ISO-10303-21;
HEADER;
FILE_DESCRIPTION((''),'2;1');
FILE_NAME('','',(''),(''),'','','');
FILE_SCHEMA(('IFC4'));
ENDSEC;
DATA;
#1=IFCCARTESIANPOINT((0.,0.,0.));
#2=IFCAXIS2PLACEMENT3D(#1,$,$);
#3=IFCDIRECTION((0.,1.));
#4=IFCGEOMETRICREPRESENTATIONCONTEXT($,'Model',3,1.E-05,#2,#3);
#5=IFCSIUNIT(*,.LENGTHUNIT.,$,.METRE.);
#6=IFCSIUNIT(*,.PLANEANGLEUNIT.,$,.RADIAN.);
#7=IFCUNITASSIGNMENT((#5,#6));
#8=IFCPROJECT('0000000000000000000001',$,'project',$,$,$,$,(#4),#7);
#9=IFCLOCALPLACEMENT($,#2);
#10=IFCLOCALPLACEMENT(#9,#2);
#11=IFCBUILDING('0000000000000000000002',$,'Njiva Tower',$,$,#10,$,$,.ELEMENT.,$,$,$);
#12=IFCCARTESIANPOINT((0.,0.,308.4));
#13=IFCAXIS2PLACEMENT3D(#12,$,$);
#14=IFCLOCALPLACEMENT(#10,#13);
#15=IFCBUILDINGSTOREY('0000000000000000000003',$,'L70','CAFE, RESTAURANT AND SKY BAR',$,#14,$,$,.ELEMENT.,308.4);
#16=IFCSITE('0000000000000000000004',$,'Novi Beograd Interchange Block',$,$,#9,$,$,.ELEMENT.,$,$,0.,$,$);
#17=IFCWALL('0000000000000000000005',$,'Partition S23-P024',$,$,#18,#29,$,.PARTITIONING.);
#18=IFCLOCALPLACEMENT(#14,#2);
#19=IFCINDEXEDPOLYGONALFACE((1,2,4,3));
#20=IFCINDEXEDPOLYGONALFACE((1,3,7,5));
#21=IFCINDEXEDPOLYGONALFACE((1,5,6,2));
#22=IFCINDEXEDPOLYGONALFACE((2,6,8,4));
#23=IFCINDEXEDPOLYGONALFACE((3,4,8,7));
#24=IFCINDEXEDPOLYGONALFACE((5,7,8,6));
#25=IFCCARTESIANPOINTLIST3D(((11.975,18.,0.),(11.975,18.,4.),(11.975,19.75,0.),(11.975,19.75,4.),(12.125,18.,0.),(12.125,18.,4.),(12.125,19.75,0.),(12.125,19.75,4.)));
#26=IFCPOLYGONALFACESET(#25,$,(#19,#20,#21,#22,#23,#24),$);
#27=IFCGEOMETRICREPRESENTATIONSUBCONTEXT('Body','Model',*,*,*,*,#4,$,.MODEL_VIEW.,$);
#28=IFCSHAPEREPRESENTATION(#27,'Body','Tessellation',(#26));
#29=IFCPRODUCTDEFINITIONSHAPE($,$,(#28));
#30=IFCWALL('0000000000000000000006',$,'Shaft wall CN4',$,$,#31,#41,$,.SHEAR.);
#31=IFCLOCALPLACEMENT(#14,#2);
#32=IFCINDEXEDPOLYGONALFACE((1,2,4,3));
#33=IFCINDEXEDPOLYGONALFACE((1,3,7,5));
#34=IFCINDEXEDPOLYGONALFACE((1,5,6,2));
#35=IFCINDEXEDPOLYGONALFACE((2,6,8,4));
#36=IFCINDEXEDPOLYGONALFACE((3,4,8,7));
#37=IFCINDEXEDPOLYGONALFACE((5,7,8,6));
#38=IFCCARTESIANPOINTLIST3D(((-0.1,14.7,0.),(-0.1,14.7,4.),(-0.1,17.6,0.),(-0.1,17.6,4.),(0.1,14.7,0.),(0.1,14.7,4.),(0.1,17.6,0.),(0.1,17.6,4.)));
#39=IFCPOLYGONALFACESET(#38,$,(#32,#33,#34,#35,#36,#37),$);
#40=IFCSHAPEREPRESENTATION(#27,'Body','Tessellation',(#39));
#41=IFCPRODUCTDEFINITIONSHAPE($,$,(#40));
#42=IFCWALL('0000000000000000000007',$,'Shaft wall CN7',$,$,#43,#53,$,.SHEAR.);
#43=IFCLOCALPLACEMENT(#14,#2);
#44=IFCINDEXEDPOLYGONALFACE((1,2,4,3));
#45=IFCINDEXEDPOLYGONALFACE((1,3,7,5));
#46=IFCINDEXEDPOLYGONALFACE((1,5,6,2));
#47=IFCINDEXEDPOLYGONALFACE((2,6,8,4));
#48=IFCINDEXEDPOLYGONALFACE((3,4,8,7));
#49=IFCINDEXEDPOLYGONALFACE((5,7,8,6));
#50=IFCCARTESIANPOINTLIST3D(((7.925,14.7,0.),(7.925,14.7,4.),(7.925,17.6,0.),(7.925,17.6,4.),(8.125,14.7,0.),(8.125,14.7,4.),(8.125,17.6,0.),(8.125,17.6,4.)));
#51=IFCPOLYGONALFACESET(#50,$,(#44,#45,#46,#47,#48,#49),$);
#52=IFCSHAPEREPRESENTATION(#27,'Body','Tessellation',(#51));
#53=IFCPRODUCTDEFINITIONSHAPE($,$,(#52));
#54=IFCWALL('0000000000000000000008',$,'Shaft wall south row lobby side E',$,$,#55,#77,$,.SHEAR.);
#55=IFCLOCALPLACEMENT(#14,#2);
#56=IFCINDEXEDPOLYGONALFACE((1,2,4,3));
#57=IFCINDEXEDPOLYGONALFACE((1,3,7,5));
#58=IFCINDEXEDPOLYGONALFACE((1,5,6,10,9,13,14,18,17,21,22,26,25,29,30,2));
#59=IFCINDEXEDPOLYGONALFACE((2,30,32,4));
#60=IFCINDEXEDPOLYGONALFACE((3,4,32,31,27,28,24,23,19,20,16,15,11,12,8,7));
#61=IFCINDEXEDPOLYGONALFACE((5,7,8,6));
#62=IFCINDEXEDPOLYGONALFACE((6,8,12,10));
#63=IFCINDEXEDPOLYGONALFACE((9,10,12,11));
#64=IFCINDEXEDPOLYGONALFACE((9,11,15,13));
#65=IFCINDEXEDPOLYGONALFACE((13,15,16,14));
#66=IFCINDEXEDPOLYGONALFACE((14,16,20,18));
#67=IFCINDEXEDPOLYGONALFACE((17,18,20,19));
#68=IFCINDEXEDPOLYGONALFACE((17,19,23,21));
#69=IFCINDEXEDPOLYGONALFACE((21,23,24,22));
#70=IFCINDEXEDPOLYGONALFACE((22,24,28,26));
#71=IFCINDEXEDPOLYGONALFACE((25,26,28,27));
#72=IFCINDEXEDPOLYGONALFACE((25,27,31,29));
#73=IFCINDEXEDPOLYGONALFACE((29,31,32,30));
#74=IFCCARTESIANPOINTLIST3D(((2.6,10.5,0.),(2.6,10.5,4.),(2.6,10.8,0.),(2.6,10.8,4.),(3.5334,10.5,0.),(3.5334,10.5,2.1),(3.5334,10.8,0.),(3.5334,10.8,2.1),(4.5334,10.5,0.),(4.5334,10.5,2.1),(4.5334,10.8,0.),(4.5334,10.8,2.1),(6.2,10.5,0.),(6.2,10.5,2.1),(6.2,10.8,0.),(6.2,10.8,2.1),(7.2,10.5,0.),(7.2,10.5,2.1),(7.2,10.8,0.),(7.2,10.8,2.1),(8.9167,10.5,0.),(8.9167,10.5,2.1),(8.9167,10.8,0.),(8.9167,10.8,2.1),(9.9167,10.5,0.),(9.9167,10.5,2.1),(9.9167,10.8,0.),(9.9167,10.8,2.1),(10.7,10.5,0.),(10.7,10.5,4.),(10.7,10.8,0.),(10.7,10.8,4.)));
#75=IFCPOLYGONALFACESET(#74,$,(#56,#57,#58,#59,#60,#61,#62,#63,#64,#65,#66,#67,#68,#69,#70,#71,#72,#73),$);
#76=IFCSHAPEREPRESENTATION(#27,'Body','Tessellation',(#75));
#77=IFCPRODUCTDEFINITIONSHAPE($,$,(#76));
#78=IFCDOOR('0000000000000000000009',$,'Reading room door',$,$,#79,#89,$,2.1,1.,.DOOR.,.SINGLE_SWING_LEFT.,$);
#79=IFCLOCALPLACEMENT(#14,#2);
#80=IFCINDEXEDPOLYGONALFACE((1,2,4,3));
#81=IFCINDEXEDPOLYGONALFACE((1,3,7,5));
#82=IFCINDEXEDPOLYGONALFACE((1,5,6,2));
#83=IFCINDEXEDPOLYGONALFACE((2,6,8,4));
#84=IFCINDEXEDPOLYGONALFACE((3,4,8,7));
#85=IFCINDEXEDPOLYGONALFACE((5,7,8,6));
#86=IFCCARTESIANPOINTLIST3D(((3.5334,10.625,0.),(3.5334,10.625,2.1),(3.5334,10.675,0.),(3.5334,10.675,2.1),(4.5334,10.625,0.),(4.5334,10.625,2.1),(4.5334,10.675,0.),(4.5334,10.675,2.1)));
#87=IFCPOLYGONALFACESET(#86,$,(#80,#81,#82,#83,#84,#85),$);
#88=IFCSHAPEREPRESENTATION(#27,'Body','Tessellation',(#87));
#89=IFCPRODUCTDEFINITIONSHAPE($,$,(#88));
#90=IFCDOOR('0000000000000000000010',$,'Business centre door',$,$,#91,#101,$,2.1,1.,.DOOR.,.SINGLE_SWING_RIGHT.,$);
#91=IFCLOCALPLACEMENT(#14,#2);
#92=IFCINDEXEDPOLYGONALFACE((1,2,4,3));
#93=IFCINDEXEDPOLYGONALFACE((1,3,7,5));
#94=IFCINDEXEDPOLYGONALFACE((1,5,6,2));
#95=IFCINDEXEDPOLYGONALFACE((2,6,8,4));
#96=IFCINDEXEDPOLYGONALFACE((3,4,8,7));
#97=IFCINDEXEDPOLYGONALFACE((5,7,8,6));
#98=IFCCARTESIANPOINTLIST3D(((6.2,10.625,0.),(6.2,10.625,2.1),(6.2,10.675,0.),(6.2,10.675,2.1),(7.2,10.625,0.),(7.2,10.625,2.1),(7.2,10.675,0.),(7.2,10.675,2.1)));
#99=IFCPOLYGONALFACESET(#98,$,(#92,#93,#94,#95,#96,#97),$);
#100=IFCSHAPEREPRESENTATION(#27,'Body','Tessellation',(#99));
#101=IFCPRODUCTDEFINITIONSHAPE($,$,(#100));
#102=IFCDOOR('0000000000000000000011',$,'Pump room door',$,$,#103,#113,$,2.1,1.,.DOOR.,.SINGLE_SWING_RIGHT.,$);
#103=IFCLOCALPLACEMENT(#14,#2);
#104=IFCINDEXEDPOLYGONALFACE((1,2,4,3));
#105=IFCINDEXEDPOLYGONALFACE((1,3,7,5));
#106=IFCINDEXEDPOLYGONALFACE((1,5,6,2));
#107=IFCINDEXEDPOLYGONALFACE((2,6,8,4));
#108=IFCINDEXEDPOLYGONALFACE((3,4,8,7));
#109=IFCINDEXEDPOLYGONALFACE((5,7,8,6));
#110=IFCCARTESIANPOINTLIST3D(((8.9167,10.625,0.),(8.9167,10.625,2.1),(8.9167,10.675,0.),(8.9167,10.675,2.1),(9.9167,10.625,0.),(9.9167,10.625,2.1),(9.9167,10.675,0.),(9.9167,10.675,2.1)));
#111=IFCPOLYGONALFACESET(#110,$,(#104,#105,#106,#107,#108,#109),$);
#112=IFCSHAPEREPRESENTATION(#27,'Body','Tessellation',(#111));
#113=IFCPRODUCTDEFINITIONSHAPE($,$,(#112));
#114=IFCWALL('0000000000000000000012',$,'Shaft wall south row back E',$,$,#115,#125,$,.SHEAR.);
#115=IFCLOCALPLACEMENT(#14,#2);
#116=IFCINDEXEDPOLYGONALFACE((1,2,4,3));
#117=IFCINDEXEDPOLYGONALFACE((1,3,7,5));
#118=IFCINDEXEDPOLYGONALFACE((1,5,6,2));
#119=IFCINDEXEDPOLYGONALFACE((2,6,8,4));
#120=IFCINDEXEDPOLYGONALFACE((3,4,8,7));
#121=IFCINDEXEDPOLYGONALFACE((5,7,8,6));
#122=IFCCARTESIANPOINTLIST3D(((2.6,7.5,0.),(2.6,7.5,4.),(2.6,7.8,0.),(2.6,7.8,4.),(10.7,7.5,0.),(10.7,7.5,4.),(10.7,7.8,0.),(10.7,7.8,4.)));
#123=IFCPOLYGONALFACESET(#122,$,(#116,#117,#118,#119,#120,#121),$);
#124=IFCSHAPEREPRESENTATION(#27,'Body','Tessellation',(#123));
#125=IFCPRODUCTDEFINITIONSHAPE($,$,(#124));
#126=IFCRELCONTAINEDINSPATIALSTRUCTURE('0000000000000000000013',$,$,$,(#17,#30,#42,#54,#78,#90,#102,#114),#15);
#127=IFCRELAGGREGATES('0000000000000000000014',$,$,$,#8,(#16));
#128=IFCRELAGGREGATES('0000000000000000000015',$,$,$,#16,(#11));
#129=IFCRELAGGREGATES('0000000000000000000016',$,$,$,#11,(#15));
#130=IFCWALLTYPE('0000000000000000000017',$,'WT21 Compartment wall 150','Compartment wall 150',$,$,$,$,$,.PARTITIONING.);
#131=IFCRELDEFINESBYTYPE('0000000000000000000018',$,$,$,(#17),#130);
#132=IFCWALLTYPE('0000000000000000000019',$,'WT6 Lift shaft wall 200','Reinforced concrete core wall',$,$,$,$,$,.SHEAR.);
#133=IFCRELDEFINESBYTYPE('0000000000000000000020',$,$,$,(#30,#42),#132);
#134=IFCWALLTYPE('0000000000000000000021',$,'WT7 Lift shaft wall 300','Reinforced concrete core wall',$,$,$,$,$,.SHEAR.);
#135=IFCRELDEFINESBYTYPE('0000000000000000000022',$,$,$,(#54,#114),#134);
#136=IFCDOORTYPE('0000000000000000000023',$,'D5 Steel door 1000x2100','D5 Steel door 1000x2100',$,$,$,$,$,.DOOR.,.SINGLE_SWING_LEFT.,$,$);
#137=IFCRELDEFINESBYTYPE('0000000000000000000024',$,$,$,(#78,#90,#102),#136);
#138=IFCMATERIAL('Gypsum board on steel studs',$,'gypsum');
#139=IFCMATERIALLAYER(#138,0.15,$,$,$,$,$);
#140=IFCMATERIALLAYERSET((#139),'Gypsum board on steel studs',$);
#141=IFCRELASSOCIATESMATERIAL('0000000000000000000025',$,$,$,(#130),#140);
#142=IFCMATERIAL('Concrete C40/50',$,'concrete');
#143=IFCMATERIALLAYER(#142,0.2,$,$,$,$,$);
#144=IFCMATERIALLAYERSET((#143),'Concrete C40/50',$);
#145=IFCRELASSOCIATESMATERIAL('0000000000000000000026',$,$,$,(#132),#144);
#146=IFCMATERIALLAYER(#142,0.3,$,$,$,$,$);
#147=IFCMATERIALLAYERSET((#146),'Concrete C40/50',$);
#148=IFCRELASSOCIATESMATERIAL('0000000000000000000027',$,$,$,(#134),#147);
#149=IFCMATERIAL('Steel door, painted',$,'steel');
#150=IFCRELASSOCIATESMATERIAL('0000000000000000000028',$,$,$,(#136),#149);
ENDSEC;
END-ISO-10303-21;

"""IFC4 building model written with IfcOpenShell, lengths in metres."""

from ifc_helpers import new_model, si_unit, direction, frame, frame_2d, origin, place, context, subcontext, project, spatial, rectangle, extrude, material, layer, layer_set, type_object, element, fill, save


model = new_model("IFC4")

# Units and contexts
model_context = context("Model", 3, precision=1e-05, world=origin(), true_north=direction((0.0, 1.0)))
body_context = subcontext(model_context, "Body", "Model", "MODEL_VIEW")
ifc_project = project(units=[si_unit("LENGTHUNIT", "METRE"), si_unit("PLANEANGLEUNIT", "RADIAN")], contexts=[model_context])

# Site, building, storey
site_placement = place(None, origin())
site = spatial("IfcSite", under=ifc_project, at=site_placement, Name="Novi Beograd Interchange Block", CompositionType="ELEMENT", RefElevation=0.0)
building_placement = place(site_placement, origin())
building = spatial("IfcBuilding", under=site, at=building_placement, Name="Njiva Tower", CompositionType="ELEMENT")
storey_placement = place(building_placement, frame((0.0, 0.0, 308.4)))
storey = spatial("IfcBuildingStorey", under=building, at=storey_placement, Name="L70", Description="CAFE, RESTAURANT AND SKY BAR", CompositionType="ELEMENT", Elevation=308.4)

# Shared definitions
ifc_material_1 = material(Name="Concrete C40/50", Category="concrete")
ifc_material_2 = material(Name="Steel door, painted", Category="steel")

# Walls
ifc_material_3 = material(Name="Gypsum board on steel studs", Category="gypsum")
ifc_layer_1 = layer(ifc_material_3, 0.15)
ifc_layer_set_1 = layer_set([ifc_layer_1], Name="Gypsum board on steel studs")
wall_type_1 = type_object("IfcWallType", Name="WT21 Compartment wall 150", Description="Compartment wall 150", PredefinedType="PARTITIONING", material=ifc_layer_set_1)
wall_1_placement = place(storey_placement, frame((12.05, 18.0, 0.0), z_axis=(0.0, 0.0, 1.0), x_axis=(0.0, 1.0, 0.0)))
element("IfcWall", 1, at=wall_1_placement, inside=storey, type_object=wall_type_1, Name="Partition S23-P024", PredefinedType="PARTITIONING", context=body_context, shape_type="SweptSolid", body=[
    extrude(rectangle(XDim=1.75, YDim=0.15, at=frame_2d((0.875, 0.0))), origin(), (0.0, 0.0, 1.0), 4.0),
])
ifc_layer_2 = layer(ifc_material_1, 0.2)
ifc_layer_set_2 = layer_set([ifc_layer_2], Name="Concrete C40/50")
wall_type_2 = type_object("IfcWallType", Name="WT6 Lift shaft wall 200", Description="Reinforced concrete core wall", PredefinedType="SHEAR", material=ifc_layer_set_2)
for number, where, z_axis, x_axis, name in (
    (2, (0.0, 14.7, 0.0), (0.0, 0.0, 1.0), (0.0, 1.0, 0.0), "Shaft wall CN4"),
    (3, (8.025, 14.7, 0.0), (0.0, 0.0, 1.0), (0.0, 1.0, 0.0), "Shaft wall CN7"),
):
    element("IfcWall", number, at=place(storey_placement, frame(where, z_axis=z_axis, x_axis=x_axis)), inside=storey, type_object=wall_type_2, Name=name, PredefinedType="SHEAR", context=body_context, shape_type="SweptSolid", body=[
        extrude(rectangle(XDim=2.9, YDim=0.2, at=frame_2d((1.45, 0.0))), origin(), (0.0, 0.0, 1.0), 4.0),
    ])

# Wall, openings, doors
ifc_layer_3 = layer(ifc_material_1, 0.3)
ifc_layer_set_3 = layer_set([ifc_layer_3], Name="Concrete C40/50")
wall_type_3 = type_object("IfcWallType", Name="WT7 Lift shaft wall 300", Description="Reinforced concrete core wall", PredefinedType="SHEAR", material=ifc_layer_set_3)
wall_2_placement = place(storey_placement, frame((2.6, 10.65, 0.0), z_axis=(0.0, 0.0, 1.0), x_axis=(1.0, 0.0, 0.0)))
wall_2 = element("IfcWall", 4, at=wall_2_placement, inside=storey, type_object=wall_type_3, Name="Shaft wall south row lobby side E", PredefinedType="SHEAR", context=body_context, shape_type="SweptSolid", body=[
    extrude(rectangle(XDim=8.1, YDim=0.3, at=frame_2d((4.05, 0.0))), origin(), (0.0, 0.0, 1.0), 4.0),
])
opening_1_placement = place(wall_2_placement, frame((0.9334, 0.0, 0.0)))
opening_1 = element("IfcOpeningElement", 5, at=opening_1_placement, cuts=wall_2, PredefinedType="OPENING", context=body_context, shape_type="SweptSolid", body=[
    extrude(rectangle(XDim=1.0, YDim=2.1, at=frame_2d((0.5, 1.05))), frame((0.0, 0.16, 0.0), z_axis=(0.0, -1.0, 0.0), x_axis=(1.0, 0.0, 0.0)), (0.0, 0.0, 1.0), 0.32),
])
opening_2_placement = place(wall_2_placement, frame((3.6, 0.0, 0.0)))
opening_2 = element("IfcOpeningElement", 6, at=opening_2_placement, cuts=wall_2, PredefinedType="OPENING", context=body_context, shape_type="SweptSolid", body=[
    extrude(rectangle(XDim=1.0, YDim=2.1, at=frame_2d((0.5, 1.05))), frame((0.0, 0.16, 0.0), z_axis=(0.0, -1.0, 0.0), x_axis=(1.0, 0.0, 0.0)), (0.0, 0.0, 1.0), 0.32),
])
opening_3_placement = place(wall_2_placement, frame((6.3167, 0.0, 0.0)))
opening_3 = element("IfcOpeningElement", 7, at=opening_3_placement, cuts=wall_2, PredefinedType="OPENING", context=body_context, shape_type="SweptSolid", body=[
    extrude(rectangle(XDim=1.0, YDim=2.1, at=frame_2d((0.5, 1.05))), frame((0.0, 0.16, 0.0), z_axis=(0.0, -1.0, 0.0), x_axis=(1.0, 0.0, 0.0)), (0.0, 0.0, 1.0), 0.32),
])
door_type_1 = type_object("IfcDoorType", Name="D5 Steel door 1000x2100", Description="D5 Steel door 1000x2100", OperationType="SINGLE_SWING_LEFT", PredefinedType="DOOR", material=ifc_material_2)
door_1_placement = place(opening_1_placement, origin())
door_1 = element("IfcDoor", 8, at=door_1_placement, inside=storey, type_object=door_type_1, Name="Reading room door", OperationType="SINGLE_SWING_LEFT", OverallHeight=2.1, OverallWidth=1.0, PredefinedType="DOOR", context=body_context, shape_type="SweptSolid", body=[
    extrude(rectangle(XDim=1.0, YDim=2.1, at=frame_2d((0.5, 1.05))), frame((0.0, 0.025, 0.0), z_axis=(0.0, -1.0, 0.0), x_axis=(1.0, 0.0, 0.0)), (0.0, 0.0, 1.0), 0.05),
])
fill(opening_1, door_1)
door_2_placement = place(opening_2_placement, origin())
door_2 = element("IfcDoor", 9, at=door_2_placement, inside=storey, type_object=door_type_1, Name="Business centre door", OperationType="SINGLE_SWING_RIGHT", OverallHeight=2.1, OverallWidth=1.0, PredefinedType="DOOR", context=body_context, shape_type="SweptSolid", body=[
    extrude(rectangle(XDim=1.0, YDim=2.1, at=frame_2d((0.5, 1.05))), frame((0.0, 0.025, 0.0), z_axis=(0.0, -1.0, 0.0), x_axis=(1.0, 0.0, 0.0)), (0.0, 0.0, 1.0), 0.05),
])
fill(opening_2, door_2)
door_3_placement = place(opening_3_placement, origin())
door_3 = element("IfcDoor", 10, at=door_3_placement, inside=storey, type_object=door_type_1, Name="Pump room door", OperationType="SINGLE_SWING_RIGHT", OverallHeight=2.1, OverallWidth=1.0, PredefinedType="DOOR", context=body_context, shape_type="SweptSolid", body=[
    extrude(rectangle(XDim=1.0, YDim=2.1, at=frame_2d((0.5, 1.05))), frame((0.0, 0.025, 0.0), z_axis=(0.0, -1.0, 0.0), x_axis=(1.0, 0.0, 0.0)), (0.0, 0.0, 1.0), 0.05),
])
fill(opening_3, door_3)

# Wall
wall_3_placement = place(storey_placement, frame((2.6, 7.65, 0.0), z_axis=(0.0, 0.0, 1.0), x_axis=(1.0, 0.0, 0.0)))
element("IfcWall", 11, at=wall_3_placement, inside=storey, type_object=wall_type_3, Name="Shaft wall south row back E", PredefinedType="SHEAR", context=body_context, shape_type="SweptSolid", body=[
    extrude(rectangle(XDim=8.1, YDim=0.3, at=frame_2d((4.05, 0.0))), origin(), (0.0, 0.0, 1.0), 4.0),
])

save(model, "model.ifc")
